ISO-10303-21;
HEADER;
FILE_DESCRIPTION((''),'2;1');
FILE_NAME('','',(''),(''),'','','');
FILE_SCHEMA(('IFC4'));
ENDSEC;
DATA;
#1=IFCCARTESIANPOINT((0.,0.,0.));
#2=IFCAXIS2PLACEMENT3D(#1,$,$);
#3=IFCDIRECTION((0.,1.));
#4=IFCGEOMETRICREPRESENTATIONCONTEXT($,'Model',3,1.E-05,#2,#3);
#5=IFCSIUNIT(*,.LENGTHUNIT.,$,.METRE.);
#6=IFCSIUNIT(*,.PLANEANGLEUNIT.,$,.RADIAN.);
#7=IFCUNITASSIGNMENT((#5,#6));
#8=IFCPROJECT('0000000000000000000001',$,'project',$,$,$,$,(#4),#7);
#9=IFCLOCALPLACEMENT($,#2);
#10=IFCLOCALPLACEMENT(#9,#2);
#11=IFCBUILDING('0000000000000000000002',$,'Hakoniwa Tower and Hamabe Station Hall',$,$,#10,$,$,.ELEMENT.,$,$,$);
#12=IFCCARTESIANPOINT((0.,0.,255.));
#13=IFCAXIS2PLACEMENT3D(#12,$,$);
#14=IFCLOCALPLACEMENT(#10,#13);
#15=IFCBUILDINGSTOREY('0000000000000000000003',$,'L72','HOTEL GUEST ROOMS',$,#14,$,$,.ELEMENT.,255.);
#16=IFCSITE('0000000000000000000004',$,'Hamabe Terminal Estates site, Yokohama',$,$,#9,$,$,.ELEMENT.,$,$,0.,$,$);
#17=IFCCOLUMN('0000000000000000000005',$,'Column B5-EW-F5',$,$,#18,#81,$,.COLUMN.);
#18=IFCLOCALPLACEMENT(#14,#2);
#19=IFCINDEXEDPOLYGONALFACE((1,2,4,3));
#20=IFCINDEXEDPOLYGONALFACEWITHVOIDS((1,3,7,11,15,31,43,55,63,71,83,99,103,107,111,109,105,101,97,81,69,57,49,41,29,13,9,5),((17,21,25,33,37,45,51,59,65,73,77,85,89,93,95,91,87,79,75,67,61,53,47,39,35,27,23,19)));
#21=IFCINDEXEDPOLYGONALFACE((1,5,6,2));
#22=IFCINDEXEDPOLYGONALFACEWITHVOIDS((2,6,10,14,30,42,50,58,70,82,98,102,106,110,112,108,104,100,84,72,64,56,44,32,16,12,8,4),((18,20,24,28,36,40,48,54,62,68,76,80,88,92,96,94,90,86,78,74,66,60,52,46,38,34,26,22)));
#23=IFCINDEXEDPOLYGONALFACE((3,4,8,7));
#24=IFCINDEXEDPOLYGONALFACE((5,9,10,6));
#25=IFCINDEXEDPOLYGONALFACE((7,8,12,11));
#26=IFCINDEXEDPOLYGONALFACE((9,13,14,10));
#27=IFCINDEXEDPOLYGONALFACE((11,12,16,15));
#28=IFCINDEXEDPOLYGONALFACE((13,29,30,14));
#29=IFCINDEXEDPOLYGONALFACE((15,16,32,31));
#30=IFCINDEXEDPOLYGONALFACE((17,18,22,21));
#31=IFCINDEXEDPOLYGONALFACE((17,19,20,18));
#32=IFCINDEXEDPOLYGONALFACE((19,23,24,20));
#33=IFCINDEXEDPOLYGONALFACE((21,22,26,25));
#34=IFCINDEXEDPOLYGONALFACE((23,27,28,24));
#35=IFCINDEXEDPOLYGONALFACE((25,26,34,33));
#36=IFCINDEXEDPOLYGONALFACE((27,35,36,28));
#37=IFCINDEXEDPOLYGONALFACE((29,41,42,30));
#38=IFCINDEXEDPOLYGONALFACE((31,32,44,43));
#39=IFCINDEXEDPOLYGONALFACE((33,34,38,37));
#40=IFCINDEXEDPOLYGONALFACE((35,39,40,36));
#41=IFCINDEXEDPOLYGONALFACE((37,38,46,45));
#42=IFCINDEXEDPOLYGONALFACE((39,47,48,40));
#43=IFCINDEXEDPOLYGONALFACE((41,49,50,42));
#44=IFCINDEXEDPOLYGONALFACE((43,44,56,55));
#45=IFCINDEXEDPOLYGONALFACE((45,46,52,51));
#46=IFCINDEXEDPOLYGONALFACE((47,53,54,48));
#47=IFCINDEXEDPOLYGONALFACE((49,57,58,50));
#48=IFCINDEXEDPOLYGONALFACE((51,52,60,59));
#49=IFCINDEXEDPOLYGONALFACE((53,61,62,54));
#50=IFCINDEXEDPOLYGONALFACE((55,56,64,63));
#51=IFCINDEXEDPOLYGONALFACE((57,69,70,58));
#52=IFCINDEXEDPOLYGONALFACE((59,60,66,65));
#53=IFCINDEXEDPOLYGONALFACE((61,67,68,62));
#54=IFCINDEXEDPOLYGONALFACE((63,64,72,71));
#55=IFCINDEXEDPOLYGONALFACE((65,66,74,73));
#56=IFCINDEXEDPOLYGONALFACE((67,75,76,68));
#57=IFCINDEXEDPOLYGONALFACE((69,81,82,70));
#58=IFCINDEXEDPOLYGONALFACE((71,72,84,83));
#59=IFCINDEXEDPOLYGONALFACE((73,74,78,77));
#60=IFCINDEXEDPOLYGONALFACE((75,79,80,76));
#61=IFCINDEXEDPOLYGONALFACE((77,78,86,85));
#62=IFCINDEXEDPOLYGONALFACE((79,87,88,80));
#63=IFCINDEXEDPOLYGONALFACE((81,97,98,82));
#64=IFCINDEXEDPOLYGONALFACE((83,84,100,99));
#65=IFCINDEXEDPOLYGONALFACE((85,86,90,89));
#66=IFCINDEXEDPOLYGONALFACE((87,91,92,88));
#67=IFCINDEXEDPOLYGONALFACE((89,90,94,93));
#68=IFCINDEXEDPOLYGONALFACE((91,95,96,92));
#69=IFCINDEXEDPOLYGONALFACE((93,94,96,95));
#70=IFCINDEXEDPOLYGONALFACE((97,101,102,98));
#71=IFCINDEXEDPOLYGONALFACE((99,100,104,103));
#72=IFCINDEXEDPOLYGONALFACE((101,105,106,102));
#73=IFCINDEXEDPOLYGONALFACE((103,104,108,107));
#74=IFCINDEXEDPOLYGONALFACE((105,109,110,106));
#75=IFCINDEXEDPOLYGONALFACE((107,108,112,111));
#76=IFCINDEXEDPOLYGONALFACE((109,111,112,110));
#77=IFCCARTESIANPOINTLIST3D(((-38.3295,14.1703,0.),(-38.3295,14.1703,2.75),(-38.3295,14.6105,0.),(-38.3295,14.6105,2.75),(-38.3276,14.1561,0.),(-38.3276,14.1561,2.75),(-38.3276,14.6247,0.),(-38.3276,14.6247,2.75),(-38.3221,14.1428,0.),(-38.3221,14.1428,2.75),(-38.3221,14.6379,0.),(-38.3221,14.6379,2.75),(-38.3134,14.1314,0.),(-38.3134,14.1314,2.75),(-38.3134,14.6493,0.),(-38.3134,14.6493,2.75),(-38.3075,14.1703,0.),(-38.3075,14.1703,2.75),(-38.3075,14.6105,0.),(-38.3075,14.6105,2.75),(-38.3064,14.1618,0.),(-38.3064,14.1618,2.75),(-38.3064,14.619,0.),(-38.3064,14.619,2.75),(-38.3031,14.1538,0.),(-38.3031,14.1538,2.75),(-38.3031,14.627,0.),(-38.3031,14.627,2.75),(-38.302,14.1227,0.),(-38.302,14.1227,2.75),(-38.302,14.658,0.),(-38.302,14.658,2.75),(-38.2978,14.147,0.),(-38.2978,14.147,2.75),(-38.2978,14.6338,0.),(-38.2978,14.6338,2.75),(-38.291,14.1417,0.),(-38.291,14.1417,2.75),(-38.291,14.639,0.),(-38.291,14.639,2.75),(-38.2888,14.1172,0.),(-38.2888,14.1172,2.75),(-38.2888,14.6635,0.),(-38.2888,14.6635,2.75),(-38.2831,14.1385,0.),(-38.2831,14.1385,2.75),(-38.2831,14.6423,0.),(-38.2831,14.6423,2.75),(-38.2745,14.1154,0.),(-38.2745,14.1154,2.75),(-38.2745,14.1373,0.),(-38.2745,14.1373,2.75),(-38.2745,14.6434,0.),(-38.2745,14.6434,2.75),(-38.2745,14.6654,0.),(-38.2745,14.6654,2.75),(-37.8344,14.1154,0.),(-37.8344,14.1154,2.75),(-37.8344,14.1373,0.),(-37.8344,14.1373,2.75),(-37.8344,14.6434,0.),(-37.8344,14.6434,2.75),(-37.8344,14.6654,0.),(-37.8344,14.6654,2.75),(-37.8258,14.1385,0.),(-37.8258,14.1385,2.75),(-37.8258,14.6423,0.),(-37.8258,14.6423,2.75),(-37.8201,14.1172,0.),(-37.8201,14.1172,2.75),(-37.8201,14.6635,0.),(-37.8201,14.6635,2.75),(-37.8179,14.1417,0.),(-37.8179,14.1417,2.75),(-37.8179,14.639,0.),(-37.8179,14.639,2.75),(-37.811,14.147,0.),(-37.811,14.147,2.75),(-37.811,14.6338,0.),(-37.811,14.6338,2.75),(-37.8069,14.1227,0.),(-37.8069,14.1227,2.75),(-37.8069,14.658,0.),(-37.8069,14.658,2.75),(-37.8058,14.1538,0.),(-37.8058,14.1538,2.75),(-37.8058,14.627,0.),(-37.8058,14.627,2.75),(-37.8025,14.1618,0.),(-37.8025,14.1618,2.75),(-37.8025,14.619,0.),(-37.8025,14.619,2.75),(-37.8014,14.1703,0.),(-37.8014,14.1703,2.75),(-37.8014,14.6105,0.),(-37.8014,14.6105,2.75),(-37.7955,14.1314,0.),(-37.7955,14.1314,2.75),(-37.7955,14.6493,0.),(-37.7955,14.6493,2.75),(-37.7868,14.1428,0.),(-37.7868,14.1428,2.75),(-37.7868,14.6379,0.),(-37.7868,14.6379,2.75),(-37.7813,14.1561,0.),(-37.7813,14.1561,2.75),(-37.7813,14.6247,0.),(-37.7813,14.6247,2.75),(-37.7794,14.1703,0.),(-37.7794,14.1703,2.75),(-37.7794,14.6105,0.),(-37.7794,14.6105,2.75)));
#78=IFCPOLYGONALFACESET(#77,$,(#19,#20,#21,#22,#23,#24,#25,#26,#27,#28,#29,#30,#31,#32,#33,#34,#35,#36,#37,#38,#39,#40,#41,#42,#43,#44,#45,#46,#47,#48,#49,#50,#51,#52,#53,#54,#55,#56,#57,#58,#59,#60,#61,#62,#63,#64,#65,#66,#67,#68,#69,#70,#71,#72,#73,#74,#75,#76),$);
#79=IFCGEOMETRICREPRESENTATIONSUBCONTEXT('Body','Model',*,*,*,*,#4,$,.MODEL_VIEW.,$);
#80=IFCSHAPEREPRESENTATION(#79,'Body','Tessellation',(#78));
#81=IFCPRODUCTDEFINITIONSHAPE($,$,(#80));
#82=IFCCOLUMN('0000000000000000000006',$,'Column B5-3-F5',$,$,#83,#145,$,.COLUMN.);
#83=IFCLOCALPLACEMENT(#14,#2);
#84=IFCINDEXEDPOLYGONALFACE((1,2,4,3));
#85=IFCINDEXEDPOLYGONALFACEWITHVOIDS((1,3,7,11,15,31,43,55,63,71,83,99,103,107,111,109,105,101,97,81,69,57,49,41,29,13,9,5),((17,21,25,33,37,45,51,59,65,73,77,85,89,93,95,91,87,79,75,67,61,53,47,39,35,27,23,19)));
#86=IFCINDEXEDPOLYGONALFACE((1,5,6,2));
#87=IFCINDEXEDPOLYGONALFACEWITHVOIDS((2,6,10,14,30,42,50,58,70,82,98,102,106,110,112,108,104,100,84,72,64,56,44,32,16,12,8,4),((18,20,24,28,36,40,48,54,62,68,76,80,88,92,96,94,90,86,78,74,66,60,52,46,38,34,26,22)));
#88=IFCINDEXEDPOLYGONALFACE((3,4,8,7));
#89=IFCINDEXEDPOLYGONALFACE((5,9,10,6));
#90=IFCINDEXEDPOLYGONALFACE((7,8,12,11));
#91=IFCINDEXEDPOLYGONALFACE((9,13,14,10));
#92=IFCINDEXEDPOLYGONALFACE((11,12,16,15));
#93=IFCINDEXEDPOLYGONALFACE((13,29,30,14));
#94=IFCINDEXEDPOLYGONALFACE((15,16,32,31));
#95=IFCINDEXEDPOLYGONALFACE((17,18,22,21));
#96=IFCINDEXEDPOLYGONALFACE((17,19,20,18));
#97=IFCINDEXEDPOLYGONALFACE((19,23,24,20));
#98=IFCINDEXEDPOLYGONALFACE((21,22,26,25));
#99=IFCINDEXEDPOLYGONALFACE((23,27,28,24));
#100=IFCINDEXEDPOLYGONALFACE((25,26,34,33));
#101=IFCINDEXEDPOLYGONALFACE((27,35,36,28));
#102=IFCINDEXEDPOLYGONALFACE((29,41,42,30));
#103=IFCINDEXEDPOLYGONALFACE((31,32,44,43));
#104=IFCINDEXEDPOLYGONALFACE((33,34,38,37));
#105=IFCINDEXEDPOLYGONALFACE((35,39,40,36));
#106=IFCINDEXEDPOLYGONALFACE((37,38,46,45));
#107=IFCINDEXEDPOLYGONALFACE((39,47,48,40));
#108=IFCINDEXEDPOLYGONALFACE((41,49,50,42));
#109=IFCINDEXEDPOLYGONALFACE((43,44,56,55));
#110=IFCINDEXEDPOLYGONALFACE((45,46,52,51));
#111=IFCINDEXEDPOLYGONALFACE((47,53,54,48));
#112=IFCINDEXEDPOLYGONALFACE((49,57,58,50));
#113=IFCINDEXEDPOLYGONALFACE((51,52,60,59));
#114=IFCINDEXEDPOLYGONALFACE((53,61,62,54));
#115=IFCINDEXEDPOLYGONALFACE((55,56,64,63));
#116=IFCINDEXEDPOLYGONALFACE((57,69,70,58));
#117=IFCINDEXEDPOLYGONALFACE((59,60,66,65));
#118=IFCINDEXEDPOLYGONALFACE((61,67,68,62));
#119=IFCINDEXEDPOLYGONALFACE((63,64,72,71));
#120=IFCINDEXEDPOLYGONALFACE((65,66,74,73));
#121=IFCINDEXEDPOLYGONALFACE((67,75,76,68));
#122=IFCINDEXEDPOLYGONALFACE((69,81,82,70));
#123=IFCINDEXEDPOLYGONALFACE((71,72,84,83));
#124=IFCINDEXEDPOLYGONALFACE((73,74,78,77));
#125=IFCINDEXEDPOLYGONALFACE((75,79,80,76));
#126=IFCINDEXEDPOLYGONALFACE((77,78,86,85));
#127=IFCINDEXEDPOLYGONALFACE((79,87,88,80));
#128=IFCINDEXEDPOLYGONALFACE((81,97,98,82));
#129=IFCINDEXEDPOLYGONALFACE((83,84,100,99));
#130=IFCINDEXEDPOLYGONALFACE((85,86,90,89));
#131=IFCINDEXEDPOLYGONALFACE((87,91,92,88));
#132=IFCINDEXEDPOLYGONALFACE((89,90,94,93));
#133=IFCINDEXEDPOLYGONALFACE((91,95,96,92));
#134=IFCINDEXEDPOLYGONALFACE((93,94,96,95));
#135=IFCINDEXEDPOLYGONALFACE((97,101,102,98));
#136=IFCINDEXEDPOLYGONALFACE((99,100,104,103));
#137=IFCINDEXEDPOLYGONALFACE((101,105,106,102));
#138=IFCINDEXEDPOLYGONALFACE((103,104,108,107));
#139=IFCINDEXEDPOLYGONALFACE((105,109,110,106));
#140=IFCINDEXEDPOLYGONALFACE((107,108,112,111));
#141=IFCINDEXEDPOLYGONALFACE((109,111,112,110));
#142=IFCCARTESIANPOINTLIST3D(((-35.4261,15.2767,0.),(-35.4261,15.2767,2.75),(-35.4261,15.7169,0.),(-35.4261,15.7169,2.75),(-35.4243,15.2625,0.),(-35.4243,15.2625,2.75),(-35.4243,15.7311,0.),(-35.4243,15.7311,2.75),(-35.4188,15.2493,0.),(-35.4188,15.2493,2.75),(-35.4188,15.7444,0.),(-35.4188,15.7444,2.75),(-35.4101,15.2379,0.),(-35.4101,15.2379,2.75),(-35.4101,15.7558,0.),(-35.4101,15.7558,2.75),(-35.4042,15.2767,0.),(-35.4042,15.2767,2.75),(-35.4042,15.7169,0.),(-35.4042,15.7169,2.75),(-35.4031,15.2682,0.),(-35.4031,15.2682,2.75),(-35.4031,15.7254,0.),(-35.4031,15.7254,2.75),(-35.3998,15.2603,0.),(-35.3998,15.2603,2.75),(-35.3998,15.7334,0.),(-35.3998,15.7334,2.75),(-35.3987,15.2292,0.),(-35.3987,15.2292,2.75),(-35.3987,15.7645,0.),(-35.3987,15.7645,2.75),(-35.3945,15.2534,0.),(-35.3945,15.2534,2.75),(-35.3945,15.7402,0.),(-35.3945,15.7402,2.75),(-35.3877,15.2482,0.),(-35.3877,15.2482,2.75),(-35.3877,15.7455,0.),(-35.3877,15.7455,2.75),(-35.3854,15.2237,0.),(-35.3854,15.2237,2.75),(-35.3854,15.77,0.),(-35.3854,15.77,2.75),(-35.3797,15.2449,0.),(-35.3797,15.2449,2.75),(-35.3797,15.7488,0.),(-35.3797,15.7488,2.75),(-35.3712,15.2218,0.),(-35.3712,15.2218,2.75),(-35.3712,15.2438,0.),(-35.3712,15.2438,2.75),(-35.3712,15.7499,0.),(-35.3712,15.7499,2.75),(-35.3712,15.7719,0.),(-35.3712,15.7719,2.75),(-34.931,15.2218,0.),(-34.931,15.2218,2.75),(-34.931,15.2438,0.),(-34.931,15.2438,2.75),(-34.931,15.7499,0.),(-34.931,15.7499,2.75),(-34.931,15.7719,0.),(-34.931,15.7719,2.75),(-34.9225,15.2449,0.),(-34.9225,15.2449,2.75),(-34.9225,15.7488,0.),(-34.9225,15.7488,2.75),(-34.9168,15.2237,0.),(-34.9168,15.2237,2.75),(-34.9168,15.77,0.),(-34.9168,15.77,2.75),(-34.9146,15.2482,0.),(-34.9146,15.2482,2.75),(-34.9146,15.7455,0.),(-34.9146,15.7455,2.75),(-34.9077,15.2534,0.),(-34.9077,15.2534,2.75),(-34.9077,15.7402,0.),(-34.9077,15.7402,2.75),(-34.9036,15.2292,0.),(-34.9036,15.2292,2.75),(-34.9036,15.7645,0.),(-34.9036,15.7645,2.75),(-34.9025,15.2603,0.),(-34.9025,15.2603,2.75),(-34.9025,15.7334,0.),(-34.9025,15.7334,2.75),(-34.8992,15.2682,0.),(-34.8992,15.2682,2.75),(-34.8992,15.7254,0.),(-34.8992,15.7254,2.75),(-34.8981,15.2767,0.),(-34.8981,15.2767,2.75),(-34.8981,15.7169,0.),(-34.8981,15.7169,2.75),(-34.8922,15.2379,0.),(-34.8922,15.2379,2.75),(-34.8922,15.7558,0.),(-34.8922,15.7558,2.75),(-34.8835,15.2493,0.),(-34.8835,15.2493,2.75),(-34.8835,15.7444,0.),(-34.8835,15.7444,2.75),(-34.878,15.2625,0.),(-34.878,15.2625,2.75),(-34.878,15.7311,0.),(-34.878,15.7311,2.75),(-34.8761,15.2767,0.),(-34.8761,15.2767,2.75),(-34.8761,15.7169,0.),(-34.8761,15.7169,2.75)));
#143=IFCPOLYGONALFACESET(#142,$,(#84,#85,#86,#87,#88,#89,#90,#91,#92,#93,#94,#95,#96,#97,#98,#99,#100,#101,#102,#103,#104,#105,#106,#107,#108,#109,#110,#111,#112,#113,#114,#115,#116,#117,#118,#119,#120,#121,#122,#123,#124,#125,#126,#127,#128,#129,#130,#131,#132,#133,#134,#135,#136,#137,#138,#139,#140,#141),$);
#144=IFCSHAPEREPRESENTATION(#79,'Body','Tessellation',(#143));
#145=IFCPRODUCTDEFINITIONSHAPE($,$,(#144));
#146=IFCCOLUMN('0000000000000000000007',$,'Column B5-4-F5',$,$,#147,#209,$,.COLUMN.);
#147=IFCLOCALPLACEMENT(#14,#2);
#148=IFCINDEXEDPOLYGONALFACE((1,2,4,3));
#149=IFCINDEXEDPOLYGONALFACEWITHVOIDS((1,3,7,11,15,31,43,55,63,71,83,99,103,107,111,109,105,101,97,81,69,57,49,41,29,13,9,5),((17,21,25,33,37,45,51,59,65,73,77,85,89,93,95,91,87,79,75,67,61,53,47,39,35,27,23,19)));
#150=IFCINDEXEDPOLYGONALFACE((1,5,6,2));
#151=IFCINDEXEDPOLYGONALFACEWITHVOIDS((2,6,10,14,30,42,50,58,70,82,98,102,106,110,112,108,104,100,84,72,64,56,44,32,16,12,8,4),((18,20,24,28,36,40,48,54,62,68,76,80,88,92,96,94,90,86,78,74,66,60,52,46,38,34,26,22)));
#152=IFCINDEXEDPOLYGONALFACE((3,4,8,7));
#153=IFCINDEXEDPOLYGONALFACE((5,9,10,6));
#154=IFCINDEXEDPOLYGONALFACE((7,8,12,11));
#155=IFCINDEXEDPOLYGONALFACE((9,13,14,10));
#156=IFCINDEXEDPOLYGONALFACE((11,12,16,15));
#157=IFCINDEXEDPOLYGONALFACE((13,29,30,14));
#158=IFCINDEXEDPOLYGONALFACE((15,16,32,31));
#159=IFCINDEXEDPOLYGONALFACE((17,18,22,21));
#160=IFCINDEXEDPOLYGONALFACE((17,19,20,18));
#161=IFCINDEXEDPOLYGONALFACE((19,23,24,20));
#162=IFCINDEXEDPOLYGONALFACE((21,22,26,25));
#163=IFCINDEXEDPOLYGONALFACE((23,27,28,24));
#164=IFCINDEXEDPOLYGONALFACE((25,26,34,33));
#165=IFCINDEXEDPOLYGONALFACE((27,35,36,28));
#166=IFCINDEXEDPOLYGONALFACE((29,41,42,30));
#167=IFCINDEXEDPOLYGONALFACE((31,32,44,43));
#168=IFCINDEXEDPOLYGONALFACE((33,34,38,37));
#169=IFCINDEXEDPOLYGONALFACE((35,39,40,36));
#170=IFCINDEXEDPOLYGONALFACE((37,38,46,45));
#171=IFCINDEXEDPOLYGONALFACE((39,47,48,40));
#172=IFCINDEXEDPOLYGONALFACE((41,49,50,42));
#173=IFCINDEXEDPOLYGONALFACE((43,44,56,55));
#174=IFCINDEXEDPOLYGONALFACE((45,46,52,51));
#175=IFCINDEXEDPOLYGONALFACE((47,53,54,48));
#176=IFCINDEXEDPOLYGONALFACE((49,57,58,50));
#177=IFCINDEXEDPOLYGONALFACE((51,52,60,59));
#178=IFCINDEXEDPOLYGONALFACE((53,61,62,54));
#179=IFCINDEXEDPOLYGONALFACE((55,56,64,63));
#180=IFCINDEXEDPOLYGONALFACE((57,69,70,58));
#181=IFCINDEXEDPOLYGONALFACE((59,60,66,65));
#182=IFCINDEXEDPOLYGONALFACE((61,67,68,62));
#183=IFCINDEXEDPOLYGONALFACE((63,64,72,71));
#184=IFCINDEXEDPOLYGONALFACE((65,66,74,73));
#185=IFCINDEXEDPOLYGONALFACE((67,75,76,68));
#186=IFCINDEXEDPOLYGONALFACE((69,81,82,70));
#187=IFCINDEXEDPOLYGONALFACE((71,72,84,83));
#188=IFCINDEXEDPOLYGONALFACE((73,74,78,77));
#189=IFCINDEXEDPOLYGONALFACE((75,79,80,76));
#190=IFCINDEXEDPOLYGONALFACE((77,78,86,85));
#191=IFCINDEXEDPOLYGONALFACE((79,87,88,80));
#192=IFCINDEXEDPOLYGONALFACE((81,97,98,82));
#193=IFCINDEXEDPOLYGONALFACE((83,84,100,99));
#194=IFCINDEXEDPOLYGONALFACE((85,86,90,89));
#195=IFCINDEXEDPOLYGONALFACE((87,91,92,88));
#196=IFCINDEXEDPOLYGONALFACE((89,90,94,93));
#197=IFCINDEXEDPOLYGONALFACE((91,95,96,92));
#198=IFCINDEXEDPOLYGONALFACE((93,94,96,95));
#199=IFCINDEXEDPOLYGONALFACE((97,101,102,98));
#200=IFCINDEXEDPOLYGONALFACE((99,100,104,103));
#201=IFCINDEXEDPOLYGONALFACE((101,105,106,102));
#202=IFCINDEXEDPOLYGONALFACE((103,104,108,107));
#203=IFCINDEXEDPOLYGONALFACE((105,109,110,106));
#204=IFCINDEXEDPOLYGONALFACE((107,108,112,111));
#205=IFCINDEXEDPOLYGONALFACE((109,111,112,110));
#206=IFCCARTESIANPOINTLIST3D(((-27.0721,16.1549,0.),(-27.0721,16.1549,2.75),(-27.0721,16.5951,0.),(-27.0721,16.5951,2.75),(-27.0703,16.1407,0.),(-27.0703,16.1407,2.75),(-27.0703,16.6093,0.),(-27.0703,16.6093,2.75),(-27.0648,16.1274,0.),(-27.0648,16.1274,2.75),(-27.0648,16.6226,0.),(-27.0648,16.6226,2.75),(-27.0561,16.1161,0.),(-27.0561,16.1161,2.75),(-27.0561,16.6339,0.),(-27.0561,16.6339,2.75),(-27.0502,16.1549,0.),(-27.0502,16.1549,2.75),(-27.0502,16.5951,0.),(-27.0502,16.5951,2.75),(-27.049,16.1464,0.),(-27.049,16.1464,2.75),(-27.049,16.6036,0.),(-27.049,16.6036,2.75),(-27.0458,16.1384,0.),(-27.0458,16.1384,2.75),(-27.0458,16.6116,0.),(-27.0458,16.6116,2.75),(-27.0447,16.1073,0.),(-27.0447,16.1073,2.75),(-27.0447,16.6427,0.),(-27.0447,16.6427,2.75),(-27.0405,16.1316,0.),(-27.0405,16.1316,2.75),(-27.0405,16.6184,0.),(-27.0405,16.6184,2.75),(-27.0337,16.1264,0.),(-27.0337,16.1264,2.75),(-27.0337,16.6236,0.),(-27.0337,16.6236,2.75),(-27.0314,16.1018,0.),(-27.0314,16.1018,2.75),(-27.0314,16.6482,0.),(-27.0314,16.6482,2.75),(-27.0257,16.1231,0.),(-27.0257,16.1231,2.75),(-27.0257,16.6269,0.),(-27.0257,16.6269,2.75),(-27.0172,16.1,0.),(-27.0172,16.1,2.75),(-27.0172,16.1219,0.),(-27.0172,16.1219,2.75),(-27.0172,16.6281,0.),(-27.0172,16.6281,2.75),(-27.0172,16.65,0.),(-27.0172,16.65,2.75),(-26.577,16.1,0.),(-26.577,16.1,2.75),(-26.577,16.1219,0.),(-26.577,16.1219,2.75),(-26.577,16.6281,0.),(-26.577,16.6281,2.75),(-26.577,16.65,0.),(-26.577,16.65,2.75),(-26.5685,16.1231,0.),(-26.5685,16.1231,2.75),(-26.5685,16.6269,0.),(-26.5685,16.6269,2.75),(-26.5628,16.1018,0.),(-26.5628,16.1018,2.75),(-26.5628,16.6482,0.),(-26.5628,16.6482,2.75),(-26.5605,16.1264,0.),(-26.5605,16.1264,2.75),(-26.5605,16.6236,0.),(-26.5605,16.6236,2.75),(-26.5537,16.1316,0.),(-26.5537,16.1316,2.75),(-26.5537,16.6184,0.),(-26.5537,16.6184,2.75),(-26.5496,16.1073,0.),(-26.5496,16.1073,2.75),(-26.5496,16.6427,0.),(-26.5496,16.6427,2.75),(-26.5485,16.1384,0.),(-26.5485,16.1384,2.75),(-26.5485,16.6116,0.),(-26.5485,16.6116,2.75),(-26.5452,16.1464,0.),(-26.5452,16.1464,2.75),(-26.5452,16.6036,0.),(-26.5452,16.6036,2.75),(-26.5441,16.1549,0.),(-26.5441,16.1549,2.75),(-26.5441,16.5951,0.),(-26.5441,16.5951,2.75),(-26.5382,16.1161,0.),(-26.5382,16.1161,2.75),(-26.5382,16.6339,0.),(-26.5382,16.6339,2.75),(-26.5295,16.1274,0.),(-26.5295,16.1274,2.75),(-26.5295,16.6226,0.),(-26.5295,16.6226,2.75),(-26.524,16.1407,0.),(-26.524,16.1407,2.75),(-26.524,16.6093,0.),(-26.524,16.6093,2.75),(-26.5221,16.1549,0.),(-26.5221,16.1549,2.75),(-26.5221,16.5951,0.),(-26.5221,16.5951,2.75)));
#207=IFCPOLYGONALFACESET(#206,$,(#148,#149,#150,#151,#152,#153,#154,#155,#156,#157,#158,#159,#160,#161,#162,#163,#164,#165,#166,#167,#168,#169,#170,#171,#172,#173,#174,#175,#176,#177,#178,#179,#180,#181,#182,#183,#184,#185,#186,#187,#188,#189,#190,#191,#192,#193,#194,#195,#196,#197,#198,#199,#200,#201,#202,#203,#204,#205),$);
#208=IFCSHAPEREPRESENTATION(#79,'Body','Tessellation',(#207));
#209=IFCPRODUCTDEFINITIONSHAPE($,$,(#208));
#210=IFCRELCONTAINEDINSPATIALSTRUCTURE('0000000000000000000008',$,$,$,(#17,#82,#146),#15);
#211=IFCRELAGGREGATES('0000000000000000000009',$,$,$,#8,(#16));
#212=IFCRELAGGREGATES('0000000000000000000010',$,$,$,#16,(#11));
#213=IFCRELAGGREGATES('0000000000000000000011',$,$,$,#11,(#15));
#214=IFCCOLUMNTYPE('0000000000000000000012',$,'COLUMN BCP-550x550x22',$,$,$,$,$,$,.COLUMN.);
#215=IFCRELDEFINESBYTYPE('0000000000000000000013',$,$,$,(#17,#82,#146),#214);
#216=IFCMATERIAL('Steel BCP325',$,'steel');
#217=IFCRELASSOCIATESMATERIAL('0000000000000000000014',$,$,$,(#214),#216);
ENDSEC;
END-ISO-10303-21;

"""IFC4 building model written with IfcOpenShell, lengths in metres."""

from ifc_helpers import new_model, si_unit, direction, frame, origin, origin_2d, place, context, subcontext, project, spatial, hollow_rectangle, extrude, material, material_profile, profile_set, type_object, element, save


model = new_model("IFC4")

# Units and contexts
model_context = context("Model", 3, precision=1e-05, world=origin(), true_north=direction((0.0, 1.0)))
body_context = subcontext(model_context, "Body", "Model", "MODEL_VIEW")
ifc_project = project(units=[si_unit("LENGTHUNIT", "METRE"), si_unit("PLANEANGLEUNIT", "RADIAN")], contexts=[model_context])

# Site, building, storey
site_placement = place(None, origin())
site = spatial("IfcSite", under=ifc_project, at=site_placement, Name="Hamabe Terminal Estates site, Yokohama", CompositionType="ELEMENT", RefElevation=0.0)
building_placement = place(site_placement, origin())
building = spatial("IfcBuilding", under=site, at=building_placement, Name="Hakoniwa Tower and Hamabe Station Hall", CompositionType="ELEMENT")
storey_placement = place(building_placement, frame((0.0, 0.0, 255.0)))
storey = spatial("IfcBuildingStorey", under=building, at=storey_placement, Name="L72", Description="HOTEL GUEST ROOMS", CompositionType="ELEMENT", Elevation=255.0)

# Columns
ifc_material_1 = material(Name="Steel BCP325", Category="steel")
ifc_material_profile_1 = material_profile(ifc_material_1, hollow_rectangle(XDim=0.55, YDim=0.55, WallThickness=0.022, InnerFilletRadius=0.033, OuterFilletRadius=0.0549, at=origin_2d()), Name="BCP-550x550x22")
ifc_profile_set_1 = profile_set([ifc_material_profile_1], Name="Steel BCP325")
column_type = type_object("IfcColumnType", Name="COLUMN BCP-550x550x22", PredefinedType="COLUMN", material=ifc_profile_set_1)
for number, where, z_axis, x_axis, name in (
    (1, (-38.0544, 14.3904, 0.0), (0.0, 0.0, 1.0), (1.0, 0.0, 0.0), "Column B5-EW-F5"),
    (2, (-35.1511, 15.4968, 0.0), (0.0, 0.0, 1.0), (1.0, 0.0, 0.0), "Column B5-3-F5"),
    (3, (-26.7971, 16.375, 0.0), (0.0, 0.0, 1.0), (1.0, 0.0, 0.0), "Column B5-4-F5"),
):
    element("IfcColumn", number, at=place(storey_placement, frame(where, z_axis=z_axis, x_axis=x_axis)), inside=storey, type_object=column_type, Name=name, PredefinedType="COLUMN", context=body_context, shape_type="SweptSolid", body=[
        extrude(hollow_rectangle(XDim=0.55, YDim=0.55, WallThickness=0.022, InnerFilletRadius=0.033, OuterFilletRadius=0.0549, at=origin_2d()), origin(), (0.0, 0.0, 1.0), 2.75),
    ])

save(model, "model.ifc")
